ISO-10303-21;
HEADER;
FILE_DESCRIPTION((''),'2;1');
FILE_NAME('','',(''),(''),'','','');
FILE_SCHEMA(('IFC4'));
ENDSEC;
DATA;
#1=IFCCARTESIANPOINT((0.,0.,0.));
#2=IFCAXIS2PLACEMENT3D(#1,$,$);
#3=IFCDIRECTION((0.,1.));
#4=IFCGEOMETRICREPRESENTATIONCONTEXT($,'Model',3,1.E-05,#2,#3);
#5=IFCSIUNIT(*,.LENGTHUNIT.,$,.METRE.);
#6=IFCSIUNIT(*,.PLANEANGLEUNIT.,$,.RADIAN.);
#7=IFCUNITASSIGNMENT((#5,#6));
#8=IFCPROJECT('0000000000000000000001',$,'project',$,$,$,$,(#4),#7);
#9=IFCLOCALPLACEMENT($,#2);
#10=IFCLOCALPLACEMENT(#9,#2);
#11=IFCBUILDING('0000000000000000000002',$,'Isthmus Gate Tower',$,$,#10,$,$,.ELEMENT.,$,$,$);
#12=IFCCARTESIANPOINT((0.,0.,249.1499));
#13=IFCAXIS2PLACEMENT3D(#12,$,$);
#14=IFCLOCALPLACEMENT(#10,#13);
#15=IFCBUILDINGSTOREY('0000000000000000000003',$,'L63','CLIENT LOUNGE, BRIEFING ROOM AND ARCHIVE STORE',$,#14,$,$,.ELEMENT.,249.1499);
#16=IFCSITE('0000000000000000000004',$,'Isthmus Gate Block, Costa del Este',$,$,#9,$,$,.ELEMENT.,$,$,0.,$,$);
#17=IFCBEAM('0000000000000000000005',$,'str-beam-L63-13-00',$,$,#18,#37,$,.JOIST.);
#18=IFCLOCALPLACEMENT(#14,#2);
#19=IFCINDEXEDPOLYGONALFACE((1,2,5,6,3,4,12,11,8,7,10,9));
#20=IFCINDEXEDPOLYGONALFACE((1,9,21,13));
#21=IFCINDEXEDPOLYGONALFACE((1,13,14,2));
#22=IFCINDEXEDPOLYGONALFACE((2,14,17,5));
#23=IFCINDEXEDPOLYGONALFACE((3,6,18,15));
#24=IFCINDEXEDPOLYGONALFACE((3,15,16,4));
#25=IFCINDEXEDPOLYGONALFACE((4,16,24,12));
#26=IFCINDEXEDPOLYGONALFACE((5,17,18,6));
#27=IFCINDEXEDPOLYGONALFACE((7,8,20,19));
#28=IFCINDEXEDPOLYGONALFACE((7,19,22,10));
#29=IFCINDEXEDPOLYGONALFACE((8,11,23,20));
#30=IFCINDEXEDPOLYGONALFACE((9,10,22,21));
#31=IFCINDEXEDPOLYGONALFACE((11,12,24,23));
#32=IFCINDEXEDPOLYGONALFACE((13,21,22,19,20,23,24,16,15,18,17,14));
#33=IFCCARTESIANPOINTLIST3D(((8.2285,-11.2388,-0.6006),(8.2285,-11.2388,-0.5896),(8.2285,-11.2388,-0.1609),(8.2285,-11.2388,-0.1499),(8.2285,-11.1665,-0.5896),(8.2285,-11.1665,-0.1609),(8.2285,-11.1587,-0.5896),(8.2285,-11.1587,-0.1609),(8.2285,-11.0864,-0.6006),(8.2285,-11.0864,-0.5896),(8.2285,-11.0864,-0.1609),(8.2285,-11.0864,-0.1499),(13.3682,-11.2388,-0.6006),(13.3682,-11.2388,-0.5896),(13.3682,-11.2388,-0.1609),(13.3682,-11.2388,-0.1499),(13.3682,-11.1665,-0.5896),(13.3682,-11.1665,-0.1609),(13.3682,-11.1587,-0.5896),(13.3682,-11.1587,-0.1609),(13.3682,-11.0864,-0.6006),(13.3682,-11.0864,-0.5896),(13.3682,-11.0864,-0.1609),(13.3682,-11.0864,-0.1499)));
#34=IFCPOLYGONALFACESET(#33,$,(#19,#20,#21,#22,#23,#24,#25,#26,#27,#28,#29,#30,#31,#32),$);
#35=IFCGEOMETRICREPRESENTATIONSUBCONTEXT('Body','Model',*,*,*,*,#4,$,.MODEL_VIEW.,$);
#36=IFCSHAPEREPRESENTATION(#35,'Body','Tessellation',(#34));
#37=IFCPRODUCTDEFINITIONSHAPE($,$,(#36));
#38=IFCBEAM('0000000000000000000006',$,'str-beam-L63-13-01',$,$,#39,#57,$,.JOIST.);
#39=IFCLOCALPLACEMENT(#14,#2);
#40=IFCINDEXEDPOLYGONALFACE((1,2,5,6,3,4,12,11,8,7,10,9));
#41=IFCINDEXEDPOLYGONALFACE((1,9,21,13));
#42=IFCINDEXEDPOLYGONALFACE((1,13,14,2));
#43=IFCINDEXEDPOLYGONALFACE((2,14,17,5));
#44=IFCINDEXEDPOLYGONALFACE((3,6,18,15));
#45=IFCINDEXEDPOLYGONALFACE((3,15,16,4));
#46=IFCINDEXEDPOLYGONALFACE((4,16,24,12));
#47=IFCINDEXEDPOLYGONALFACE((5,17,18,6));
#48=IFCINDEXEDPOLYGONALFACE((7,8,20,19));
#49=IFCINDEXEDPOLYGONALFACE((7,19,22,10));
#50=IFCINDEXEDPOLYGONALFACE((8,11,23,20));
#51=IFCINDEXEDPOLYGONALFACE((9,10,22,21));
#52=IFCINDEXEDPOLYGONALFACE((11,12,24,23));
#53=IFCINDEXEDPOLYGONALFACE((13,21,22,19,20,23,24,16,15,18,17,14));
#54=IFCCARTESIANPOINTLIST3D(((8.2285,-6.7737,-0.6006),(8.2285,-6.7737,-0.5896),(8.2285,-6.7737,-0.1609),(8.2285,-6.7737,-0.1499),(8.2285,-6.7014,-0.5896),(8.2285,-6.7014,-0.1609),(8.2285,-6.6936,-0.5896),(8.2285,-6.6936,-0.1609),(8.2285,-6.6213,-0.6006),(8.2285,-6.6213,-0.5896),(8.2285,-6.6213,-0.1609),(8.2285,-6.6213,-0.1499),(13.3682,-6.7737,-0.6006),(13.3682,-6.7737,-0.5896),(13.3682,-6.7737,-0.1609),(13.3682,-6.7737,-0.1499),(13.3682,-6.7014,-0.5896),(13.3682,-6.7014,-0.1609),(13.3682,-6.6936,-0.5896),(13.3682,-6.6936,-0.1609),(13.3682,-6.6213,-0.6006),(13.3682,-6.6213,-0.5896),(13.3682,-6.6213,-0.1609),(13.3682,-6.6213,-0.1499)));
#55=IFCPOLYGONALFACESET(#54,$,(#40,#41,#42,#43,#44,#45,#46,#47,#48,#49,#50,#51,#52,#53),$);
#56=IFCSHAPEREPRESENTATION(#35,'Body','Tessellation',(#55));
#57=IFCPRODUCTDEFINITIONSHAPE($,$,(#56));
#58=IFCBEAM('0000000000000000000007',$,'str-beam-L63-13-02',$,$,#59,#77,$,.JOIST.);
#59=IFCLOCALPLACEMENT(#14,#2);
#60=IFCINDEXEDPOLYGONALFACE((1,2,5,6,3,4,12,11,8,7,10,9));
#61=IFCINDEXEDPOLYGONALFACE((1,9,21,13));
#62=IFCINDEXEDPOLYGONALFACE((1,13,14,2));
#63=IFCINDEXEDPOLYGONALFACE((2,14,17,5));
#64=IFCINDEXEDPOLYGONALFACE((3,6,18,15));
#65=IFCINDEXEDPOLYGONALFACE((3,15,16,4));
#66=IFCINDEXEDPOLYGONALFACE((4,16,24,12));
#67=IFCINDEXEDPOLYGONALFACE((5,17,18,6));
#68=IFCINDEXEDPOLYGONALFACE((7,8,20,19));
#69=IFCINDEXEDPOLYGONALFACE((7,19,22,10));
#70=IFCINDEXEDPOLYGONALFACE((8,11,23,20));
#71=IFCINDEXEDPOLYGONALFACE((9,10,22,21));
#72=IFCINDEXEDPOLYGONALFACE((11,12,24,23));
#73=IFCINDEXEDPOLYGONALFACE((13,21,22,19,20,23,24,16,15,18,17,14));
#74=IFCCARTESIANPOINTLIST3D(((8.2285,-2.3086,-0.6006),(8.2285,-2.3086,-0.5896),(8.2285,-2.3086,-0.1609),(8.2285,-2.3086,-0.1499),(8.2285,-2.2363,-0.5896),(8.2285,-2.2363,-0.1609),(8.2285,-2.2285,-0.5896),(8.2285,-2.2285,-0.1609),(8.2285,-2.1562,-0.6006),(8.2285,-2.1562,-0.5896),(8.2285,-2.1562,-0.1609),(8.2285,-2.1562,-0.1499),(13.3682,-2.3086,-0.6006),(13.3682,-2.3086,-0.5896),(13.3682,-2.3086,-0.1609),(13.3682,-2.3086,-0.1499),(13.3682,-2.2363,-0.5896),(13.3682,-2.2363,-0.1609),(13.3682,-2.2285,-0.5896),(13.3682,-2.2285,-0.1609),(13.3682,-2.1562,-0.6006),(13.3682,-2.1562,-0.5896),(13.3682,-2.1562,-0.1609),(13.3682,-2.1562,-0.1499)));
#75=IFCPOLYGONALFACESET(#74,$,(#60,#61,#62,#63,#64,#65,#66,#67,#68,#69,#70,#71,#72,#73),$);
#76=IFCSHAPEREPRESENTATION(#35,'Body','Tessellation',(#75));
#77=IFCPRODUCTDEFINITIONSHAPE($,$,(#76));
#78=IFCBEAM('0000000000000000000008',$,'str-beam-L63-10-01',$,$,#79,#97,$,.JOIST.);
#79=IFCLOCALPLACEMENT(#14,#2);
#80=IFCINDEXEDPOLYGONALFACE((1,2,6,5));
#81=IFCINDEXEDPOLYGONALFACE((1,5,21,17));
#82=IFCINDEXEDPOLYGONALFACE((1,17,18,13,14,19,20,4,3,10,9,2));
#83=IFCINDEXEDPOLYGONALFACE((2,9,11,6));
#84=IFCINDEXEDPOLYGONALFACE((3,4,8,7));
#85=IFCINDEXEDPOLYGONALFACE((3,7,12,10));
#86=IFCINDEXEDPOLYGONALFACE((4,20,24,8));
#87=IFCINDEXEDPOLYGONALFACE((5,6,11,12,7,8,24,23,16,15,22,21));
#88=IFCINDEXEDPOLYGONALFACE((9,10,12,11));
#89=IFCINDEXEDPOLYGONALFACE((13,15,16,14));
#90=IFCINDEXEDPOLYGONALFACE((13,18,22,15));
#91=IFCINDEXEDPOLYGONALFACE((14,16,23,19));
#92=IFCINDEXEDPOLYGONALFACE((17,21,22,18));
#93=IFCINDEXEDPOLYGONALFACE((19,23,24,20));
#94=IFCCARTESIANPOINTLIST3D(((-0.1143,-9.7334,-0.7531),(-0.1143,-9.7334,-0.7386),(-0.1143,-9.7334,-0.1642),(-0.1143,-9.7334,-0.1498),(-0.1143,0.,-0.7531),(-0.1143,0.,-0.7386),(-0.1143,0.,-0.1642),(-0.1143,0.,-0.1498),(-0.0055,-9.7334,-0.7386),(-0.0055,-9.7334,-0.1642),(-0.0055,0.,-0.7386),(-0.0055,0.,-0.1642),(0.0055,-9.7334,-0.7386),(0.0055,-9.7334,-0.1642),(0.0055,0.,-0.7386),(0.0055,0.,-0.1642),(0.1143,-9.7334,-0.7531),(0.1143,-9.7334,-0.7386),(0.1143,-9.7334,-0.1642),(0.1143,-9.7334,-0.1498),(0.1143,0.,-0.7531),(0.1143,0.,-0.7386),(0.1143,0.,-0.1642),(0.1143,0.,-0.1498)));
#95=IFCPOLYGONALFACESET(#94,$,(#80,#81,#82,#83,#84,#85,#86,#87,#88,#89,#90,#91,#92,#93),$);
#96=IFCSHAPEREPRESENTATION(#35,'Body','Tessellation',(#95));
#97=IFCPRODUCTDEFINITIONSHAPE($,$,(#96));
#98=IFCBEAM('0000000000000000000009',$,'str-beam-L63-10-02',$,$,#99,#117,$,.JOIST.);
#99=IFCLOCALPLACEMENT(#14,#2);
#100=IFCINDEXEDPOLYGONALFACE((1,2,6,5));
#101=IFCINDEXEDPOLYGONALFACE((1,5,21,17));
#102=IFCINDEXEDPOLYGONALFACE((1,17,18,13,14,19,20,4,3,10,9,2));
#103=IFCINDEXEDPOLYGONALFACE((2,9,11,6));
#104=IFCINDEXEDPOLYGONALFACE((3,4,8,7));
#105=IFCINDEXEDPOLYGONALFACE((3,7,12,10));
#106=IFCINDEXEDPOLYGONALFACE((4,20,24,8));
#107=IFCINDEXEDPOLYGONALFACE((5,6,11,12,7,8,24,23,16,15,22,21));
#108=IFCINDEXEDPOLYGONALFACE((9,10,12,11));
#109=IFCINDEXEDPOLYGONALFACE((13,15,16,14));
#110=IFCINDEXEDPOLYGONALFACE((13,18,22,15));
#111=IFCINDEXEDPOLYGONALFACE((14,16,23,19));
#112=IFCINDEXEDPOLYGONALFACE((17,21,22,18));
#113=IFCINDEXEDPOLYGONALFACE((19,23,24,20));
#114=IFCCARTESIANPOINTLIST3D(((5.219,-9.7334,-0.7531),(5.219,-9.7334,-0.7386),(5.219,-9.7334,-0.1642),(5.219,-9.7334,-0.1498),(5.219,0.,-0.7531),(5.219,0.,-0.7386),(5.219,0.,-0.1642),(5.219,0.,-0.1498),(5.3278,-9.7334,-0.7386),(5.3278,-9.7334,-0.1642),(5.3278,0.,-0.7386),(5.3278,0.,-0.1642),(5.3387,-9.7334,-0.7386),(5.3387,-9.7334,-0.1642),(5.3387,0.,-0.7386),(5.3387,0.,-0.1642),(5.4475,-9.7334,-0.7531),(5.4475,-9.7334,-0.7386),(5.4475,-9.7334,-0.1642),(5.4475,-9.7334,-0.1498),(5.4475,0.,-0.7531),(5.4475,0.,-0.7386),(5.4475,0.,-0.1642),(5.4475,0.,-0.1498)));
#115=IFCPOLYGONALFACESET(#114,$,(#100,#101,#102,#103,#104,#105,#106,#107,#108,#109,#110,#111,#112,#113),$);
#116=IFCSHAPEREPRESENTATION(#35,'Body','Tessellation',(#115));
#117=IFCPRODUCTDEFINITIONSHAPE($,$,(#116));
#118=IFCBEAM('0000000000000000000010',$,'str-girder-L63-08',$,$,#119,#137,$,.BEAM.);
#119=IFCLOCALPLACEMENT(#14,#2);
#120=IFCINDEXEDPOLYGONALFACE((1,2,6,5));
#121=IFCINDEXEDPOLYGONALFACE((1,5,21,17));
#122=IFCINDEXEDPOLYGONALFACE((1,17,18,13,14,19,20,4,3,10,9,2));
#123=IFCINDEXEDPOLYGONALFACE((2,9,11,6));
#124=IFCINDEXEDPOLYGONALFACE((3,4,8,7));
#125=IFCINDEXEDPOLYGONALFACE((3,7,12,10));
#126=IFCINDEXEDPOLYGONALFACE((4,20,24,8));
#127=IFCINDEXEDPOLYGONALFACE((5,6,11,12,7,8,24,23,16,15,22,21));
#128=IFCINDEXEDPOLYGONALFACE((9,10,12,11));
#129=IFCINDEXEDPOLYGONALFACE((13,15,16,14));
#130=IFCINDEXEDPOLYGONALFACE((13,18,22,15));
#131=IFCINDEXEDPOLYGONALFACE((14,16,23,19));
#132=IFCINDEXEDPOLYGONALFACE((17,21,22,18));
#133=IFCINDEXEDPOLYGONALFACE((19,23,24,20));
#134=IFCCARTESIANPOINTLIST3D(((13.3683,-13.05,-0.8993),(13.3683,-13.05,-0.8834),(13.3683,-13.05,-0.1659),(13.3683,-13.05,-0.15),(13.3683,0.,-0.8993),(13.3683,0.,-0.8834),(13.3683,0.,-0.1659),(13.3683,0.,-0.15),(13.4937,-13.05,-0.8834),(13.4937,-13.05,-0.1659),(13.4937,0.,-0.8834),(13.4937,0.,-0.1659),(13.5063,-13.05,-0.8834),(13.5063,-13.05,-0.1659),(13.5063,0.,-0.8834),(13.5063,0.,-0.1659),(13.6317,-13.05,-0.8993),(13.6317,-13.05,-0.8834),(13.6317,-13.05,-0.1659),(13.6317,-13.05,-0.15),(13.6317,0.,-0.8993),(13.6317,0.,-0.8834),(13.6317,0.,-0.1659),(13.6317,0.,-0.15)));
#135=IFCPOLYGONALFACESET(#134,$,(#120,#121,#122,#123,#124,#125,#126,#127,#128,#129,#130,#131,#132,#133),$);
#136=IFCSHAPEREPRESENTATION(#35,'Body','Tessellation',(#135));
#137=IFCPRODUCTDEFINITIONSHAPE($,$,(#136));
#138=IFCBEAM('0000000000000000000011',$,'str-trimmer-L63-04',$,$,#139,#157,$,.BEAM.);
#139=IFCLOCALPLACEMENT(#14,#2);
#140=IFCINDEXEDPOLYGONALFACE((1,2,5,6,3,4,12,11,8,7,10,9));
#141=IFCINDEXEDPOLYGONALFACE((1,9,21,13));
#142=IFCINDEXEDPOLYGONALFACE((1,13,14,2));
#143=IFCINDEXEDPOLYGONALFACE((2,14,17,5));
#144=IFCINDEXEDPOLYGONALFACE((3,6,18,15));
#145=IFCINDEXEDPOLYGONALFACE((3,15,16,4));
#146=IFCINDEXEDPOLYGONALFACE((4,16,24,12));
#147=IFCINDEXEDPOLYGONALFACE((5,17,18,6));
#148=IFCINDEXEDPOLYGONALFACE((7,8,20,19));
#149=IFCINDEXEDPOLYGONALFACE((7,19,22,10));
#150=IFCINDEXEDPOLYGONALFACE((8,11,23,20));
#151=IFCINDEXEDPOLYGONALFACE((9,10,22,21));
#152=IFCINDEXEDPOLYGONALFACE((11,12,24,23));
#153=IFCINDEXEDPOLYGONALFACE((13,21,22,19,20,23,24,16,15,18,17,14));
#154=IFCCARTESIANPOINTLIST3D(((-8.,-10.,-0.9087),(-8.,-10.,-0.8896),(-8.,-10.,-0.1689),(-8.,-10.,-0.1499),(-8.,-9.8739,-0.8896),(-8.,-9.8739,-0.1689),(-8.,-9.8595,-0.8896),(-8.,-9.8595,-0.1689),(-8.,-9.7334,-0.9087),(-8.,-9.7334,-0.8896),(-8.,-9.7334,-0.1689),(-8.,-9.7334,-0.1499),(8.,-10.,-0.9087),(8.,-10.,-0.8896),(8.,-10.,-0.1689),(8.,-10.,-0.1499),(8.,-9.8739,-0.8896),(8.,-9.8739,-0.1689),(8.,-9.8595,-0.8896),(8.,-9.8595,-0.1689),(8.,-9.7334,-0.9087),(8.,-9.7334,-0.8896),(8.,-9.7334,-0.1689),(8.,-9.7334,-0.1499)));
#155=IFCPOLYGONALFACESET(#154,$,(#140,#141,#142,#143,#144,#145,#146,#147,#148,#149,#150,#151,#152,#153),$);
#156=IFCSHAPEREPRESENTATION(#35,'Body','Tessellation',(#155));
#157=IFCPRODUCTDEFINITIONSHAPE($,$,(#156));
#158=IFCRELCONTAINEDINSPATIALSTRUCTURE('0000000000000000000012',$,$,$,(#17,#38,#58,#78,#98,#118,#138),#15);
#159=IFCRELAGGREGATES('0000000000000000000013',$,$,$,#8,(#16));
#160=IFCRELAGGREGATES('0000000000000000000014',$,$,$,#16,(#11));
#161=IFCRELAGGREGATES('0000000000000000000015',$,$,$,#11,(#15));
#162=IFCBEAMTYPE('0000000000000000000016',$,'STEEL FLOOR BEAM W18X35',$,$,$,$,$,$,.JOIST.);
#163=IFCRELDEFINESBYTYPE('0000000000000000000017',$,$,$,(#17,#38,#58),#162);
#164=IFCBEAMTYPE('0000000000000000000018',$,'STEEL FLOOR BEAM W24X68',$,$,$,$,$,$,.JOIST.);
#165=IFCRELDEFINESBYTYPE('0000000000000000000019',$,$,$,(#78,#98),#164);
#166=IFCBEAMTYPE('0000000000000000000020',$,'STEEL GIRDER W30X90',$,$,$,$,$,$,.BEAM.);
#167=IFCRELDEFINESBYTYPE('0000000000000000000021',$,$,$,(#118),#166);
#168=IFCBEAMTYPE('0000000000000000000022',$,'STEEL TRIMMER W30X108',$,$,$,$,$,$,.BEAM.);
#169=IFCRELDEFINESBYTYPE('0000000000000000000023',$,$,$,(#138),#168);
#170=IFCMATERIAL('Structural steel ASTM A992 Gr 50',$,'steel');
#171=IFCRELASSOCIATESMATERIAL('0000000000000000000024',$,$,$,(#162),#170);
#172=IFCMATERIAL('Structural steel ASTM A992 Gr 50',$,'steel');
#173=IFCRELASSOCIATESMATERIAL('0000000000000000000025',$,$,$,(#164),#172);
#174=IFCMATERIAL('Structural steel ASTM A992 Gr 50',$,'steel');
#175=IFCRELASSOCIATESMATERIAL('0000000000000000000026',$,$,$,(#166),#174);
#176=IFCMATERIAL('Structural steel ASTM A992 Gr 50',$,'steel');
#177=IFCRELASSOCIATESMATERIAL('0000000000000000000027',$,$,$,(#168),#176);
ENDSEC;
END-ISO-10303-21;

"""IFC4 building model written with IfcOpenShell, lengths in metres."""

from ifc_helpers import new_model, si_unit, direction, frame, origin, origin_2d, place, context, subcontext, project, spatial, i_section, extrude, material, material_profile, profile_set, type_object, element, save


model = new_model("IFC4")

# Units and contexts
model_context = context("Model", 3, precision=1e-05, world=origin(), true_north=direction((0.0, 1.0)))
body_context = subcontext(model_context, "Body", "Model", "MODEL_VIEW")
ifc_project = project(units=[si_unit("LENGTHUNIT", "METRE"), si_unit("PLANEANGLEUNIT", "RADIAN")], contexts=[model_context])

# Site, building, storey
site_placement = place(None, origin())
site = spatial("IfcSite", under=ifc_project, at=site_placement, Name="Isthmus Gate Block, Costa del Este", CompositionType="ELEMENT", RefElevation=0.0)
building_placement = place(site_placement, origin())
building = spatial("IfcBuilding", under=site, at=building_placement, Name="Isthmus Gate Tower", CompositionType="ELEMENT")
storey_placement = place(building_placement, frame((0.0, 0.0, 249.1499)))
storey = spatial("IfcBuildingStorey", under=building, at=storey_placement, Name="L63", Description="CLIENT LOUNGE, BRIEFING ROOM AND ARCHIVE STORE", CompositionType="ELEMENT", Elevation=249.1499)

# Beams
ifc_material_1 = material(Name="Structural steel ASTM A992 Gr 50", Category="steel")
ifc_material_profile_1 = material_profile(ifc_material_1, i_section(OverallWidth=0.1523, OverallDepth=0.4507, WebThickness=0.0078, FlangeThickness=0.011, at=origin_2d()), Name="W18X35")
ifc_profile_set_1 = profile_set([ifc_material_profile_1], Name="Structural steel ASTM A992 Gr 50")
beam_type_1 = type_object("IfcBeamType", Name="STEEL FLOOR BEAM W18X35", PredefinedType="JOIST", material=ifc_profile_set_1)
for number, where, z_axis, x_axis, name in (
    (1, (8.2285, -11.1626, -0.3752), (1.0, 0.0, 0.0), (0.0, 1.0, 0.0), "str-beam-L63-13-00"),
    (2, (8.2285, -6.6975, -0.3752), (1.0, 0.0, 0.0), (0.0, 1.0, 0.0), "str-beam-L63-13-01"),
    (3, (8.2285, -2.2324, -0.3752), (1.0, 0.0, 0.0), (0.0, 1.0, 0.0), "str-beam-L63-13-02"),
):
    element("IfcBeam", number, at=place(storey_placement, frame(where, z_axis=z_axis, x_axis=x_axis)), inside=storey, type_object=beam_type_1, Name=name, PredefinedType="JOIST", context=body_context, shape_type="SweptSolid", body=[
        extrude(i_section(OverallWidth=0.1523, OverallDepth=0.4507, WebThickness=0.0078, FlangeThickness=0.011, at=origin_2d()), origin(), (0.0, 0.0, 1.0), 5.1396),
    ])
ifc_material_2 = material(Name="Structural steel ASTM A992 Gr 50", Category="steel")
ifc_material_profile_2 = material_profile(ifc_material_2, i_section(OverallWidth=0.2285, OverallDepth=0.6033, WebThickness=0.011, FlangeThickness=0.0144, at=origin_2d()), Name="W24X68")
ifc_profile_set_2 = profile_set([ifc_material_profile_2], Name="Structural steel ASTM A992 Gr 50")
beam_type_2 = type_object("IfcBeamType", Name="STEEL FLOOR BEAM W24X68", PredefinedType="JOIST", material=ifc_profile_set_2)
for number, where, z_axis, x_axis, name in (
    (4, (0.0, -9.7334, -0.4514), (0.0, 1.0, 0.0), (-1.0, 0.0, 0.0), "str-beam-L63-10-01"),
    (5, (5.3333, -9.7334, -0.4514), (0.0, 1.0, 0.0), (-1.0, 0.0, 0.0), "str-beam-L63-10-02"),
):
    element("IfcBeam", number, at=place(storey_placement, frame(where, z_axis=z_axis, x_axis=x_axis)), inside=storey, type_object=beam_type_2, Name=name, PredefinedType="JOIST", context=body_context, shape_type="SweptSolid", body=[
        extrude(i_section(OverallWidth=0.2285, OverallDepth=0.6033, WebThickness=0.011, FlangeThickness=0.0144, at=origin_2d()), origin(), (0.0, 0.0, 1.0), 9.7334),
    ])
ifc_material_3 = material(Name="Structural steel ASTM A992 Gr 50", Category="steel")
ifc_material_profile_3 = material_profile(ifc_material_3, i_section(OverallWidth=0.2634, OverallDepth=0.7493, WebThickness=0.0127, FlangeThickness=0.0159, at=origin_2d()), Name="W30X90")
ifc_profile_set_3 = profile_set([ifc_material_profile_3], Name="Structural steel ASTM A992 Gr 50")
beam_type_3 = type_object("IfcBeamType", Name="STEEL GIRDER W30X90", PredefinedType="BEAM", material=ifc_profile_set_3)
beam_1_placement = place(storey_placement, frame((13.5, -13.05, -0.5247), z_axis=(0.0, 1.0, 0.0), x_axis=(-1.0, 0.0, 0.0)))
element("IfcBeam", 6, at=beam_1_placement, inside=storey, type_object=beam_type_3, Name="str-girder-L63-08", PredefinedType="BEAM", context=body_context, shape_type="SweptSolid", body=[
    extrude(i_section(OverallWidth=0.2634, OverallDepth=0.7493, WebThickness=0.0127, FlangeThickness=0.0159, at=origin_2d()), origin(), (0.0, 0.0, 1.0), 13.05),
])
ifc_material_4 = material(Name="Structural steel ASTM A992 Gr 50", Category="steel")
ifc_material_profile_4 = material_profile(ifc_material_4, i_section(OverallWidth=0.2666, OverallDepth=0.7588, WebThickness=0.0144, FlangeThickness=0.019, at=origin_2d()), Name="W30X108")
ifc_profile_set_4 = profile_set([ifc_material_profile_4], Name="Structural steel ASTM A992 Gr 50")
beam_type_4 = type_object("IfcBeamType", Name="STEEL TRIMMER W30X108", PredefinedType="BEAM", material=ifc_profile_set_4)
beam_2_placement = place(storey_placement, frame((8.0, -9.8667, -0.5293), z_axis=(-1.0, 0.0, 0.0), x_axis=(0.0, -1.0, 0.0)))
element("IfcBeam", 7, at=beam_2_placement, inside=storey, type_object=beam_type_4, Name="str-trimmer-L63-04", PredefinedType="BEAM", context=body_context, shape_type="SweptSolid", body=[
    extrude(i_section(OverallWidth=0.2666, OverallDepth=0.7588, WebThickness=0.0144, FlangeThickness=0.019, at=origin_2d()), origin(), (0.0, 0.0, 1.0), 16.0),
])

save(model, "model.ifc")
